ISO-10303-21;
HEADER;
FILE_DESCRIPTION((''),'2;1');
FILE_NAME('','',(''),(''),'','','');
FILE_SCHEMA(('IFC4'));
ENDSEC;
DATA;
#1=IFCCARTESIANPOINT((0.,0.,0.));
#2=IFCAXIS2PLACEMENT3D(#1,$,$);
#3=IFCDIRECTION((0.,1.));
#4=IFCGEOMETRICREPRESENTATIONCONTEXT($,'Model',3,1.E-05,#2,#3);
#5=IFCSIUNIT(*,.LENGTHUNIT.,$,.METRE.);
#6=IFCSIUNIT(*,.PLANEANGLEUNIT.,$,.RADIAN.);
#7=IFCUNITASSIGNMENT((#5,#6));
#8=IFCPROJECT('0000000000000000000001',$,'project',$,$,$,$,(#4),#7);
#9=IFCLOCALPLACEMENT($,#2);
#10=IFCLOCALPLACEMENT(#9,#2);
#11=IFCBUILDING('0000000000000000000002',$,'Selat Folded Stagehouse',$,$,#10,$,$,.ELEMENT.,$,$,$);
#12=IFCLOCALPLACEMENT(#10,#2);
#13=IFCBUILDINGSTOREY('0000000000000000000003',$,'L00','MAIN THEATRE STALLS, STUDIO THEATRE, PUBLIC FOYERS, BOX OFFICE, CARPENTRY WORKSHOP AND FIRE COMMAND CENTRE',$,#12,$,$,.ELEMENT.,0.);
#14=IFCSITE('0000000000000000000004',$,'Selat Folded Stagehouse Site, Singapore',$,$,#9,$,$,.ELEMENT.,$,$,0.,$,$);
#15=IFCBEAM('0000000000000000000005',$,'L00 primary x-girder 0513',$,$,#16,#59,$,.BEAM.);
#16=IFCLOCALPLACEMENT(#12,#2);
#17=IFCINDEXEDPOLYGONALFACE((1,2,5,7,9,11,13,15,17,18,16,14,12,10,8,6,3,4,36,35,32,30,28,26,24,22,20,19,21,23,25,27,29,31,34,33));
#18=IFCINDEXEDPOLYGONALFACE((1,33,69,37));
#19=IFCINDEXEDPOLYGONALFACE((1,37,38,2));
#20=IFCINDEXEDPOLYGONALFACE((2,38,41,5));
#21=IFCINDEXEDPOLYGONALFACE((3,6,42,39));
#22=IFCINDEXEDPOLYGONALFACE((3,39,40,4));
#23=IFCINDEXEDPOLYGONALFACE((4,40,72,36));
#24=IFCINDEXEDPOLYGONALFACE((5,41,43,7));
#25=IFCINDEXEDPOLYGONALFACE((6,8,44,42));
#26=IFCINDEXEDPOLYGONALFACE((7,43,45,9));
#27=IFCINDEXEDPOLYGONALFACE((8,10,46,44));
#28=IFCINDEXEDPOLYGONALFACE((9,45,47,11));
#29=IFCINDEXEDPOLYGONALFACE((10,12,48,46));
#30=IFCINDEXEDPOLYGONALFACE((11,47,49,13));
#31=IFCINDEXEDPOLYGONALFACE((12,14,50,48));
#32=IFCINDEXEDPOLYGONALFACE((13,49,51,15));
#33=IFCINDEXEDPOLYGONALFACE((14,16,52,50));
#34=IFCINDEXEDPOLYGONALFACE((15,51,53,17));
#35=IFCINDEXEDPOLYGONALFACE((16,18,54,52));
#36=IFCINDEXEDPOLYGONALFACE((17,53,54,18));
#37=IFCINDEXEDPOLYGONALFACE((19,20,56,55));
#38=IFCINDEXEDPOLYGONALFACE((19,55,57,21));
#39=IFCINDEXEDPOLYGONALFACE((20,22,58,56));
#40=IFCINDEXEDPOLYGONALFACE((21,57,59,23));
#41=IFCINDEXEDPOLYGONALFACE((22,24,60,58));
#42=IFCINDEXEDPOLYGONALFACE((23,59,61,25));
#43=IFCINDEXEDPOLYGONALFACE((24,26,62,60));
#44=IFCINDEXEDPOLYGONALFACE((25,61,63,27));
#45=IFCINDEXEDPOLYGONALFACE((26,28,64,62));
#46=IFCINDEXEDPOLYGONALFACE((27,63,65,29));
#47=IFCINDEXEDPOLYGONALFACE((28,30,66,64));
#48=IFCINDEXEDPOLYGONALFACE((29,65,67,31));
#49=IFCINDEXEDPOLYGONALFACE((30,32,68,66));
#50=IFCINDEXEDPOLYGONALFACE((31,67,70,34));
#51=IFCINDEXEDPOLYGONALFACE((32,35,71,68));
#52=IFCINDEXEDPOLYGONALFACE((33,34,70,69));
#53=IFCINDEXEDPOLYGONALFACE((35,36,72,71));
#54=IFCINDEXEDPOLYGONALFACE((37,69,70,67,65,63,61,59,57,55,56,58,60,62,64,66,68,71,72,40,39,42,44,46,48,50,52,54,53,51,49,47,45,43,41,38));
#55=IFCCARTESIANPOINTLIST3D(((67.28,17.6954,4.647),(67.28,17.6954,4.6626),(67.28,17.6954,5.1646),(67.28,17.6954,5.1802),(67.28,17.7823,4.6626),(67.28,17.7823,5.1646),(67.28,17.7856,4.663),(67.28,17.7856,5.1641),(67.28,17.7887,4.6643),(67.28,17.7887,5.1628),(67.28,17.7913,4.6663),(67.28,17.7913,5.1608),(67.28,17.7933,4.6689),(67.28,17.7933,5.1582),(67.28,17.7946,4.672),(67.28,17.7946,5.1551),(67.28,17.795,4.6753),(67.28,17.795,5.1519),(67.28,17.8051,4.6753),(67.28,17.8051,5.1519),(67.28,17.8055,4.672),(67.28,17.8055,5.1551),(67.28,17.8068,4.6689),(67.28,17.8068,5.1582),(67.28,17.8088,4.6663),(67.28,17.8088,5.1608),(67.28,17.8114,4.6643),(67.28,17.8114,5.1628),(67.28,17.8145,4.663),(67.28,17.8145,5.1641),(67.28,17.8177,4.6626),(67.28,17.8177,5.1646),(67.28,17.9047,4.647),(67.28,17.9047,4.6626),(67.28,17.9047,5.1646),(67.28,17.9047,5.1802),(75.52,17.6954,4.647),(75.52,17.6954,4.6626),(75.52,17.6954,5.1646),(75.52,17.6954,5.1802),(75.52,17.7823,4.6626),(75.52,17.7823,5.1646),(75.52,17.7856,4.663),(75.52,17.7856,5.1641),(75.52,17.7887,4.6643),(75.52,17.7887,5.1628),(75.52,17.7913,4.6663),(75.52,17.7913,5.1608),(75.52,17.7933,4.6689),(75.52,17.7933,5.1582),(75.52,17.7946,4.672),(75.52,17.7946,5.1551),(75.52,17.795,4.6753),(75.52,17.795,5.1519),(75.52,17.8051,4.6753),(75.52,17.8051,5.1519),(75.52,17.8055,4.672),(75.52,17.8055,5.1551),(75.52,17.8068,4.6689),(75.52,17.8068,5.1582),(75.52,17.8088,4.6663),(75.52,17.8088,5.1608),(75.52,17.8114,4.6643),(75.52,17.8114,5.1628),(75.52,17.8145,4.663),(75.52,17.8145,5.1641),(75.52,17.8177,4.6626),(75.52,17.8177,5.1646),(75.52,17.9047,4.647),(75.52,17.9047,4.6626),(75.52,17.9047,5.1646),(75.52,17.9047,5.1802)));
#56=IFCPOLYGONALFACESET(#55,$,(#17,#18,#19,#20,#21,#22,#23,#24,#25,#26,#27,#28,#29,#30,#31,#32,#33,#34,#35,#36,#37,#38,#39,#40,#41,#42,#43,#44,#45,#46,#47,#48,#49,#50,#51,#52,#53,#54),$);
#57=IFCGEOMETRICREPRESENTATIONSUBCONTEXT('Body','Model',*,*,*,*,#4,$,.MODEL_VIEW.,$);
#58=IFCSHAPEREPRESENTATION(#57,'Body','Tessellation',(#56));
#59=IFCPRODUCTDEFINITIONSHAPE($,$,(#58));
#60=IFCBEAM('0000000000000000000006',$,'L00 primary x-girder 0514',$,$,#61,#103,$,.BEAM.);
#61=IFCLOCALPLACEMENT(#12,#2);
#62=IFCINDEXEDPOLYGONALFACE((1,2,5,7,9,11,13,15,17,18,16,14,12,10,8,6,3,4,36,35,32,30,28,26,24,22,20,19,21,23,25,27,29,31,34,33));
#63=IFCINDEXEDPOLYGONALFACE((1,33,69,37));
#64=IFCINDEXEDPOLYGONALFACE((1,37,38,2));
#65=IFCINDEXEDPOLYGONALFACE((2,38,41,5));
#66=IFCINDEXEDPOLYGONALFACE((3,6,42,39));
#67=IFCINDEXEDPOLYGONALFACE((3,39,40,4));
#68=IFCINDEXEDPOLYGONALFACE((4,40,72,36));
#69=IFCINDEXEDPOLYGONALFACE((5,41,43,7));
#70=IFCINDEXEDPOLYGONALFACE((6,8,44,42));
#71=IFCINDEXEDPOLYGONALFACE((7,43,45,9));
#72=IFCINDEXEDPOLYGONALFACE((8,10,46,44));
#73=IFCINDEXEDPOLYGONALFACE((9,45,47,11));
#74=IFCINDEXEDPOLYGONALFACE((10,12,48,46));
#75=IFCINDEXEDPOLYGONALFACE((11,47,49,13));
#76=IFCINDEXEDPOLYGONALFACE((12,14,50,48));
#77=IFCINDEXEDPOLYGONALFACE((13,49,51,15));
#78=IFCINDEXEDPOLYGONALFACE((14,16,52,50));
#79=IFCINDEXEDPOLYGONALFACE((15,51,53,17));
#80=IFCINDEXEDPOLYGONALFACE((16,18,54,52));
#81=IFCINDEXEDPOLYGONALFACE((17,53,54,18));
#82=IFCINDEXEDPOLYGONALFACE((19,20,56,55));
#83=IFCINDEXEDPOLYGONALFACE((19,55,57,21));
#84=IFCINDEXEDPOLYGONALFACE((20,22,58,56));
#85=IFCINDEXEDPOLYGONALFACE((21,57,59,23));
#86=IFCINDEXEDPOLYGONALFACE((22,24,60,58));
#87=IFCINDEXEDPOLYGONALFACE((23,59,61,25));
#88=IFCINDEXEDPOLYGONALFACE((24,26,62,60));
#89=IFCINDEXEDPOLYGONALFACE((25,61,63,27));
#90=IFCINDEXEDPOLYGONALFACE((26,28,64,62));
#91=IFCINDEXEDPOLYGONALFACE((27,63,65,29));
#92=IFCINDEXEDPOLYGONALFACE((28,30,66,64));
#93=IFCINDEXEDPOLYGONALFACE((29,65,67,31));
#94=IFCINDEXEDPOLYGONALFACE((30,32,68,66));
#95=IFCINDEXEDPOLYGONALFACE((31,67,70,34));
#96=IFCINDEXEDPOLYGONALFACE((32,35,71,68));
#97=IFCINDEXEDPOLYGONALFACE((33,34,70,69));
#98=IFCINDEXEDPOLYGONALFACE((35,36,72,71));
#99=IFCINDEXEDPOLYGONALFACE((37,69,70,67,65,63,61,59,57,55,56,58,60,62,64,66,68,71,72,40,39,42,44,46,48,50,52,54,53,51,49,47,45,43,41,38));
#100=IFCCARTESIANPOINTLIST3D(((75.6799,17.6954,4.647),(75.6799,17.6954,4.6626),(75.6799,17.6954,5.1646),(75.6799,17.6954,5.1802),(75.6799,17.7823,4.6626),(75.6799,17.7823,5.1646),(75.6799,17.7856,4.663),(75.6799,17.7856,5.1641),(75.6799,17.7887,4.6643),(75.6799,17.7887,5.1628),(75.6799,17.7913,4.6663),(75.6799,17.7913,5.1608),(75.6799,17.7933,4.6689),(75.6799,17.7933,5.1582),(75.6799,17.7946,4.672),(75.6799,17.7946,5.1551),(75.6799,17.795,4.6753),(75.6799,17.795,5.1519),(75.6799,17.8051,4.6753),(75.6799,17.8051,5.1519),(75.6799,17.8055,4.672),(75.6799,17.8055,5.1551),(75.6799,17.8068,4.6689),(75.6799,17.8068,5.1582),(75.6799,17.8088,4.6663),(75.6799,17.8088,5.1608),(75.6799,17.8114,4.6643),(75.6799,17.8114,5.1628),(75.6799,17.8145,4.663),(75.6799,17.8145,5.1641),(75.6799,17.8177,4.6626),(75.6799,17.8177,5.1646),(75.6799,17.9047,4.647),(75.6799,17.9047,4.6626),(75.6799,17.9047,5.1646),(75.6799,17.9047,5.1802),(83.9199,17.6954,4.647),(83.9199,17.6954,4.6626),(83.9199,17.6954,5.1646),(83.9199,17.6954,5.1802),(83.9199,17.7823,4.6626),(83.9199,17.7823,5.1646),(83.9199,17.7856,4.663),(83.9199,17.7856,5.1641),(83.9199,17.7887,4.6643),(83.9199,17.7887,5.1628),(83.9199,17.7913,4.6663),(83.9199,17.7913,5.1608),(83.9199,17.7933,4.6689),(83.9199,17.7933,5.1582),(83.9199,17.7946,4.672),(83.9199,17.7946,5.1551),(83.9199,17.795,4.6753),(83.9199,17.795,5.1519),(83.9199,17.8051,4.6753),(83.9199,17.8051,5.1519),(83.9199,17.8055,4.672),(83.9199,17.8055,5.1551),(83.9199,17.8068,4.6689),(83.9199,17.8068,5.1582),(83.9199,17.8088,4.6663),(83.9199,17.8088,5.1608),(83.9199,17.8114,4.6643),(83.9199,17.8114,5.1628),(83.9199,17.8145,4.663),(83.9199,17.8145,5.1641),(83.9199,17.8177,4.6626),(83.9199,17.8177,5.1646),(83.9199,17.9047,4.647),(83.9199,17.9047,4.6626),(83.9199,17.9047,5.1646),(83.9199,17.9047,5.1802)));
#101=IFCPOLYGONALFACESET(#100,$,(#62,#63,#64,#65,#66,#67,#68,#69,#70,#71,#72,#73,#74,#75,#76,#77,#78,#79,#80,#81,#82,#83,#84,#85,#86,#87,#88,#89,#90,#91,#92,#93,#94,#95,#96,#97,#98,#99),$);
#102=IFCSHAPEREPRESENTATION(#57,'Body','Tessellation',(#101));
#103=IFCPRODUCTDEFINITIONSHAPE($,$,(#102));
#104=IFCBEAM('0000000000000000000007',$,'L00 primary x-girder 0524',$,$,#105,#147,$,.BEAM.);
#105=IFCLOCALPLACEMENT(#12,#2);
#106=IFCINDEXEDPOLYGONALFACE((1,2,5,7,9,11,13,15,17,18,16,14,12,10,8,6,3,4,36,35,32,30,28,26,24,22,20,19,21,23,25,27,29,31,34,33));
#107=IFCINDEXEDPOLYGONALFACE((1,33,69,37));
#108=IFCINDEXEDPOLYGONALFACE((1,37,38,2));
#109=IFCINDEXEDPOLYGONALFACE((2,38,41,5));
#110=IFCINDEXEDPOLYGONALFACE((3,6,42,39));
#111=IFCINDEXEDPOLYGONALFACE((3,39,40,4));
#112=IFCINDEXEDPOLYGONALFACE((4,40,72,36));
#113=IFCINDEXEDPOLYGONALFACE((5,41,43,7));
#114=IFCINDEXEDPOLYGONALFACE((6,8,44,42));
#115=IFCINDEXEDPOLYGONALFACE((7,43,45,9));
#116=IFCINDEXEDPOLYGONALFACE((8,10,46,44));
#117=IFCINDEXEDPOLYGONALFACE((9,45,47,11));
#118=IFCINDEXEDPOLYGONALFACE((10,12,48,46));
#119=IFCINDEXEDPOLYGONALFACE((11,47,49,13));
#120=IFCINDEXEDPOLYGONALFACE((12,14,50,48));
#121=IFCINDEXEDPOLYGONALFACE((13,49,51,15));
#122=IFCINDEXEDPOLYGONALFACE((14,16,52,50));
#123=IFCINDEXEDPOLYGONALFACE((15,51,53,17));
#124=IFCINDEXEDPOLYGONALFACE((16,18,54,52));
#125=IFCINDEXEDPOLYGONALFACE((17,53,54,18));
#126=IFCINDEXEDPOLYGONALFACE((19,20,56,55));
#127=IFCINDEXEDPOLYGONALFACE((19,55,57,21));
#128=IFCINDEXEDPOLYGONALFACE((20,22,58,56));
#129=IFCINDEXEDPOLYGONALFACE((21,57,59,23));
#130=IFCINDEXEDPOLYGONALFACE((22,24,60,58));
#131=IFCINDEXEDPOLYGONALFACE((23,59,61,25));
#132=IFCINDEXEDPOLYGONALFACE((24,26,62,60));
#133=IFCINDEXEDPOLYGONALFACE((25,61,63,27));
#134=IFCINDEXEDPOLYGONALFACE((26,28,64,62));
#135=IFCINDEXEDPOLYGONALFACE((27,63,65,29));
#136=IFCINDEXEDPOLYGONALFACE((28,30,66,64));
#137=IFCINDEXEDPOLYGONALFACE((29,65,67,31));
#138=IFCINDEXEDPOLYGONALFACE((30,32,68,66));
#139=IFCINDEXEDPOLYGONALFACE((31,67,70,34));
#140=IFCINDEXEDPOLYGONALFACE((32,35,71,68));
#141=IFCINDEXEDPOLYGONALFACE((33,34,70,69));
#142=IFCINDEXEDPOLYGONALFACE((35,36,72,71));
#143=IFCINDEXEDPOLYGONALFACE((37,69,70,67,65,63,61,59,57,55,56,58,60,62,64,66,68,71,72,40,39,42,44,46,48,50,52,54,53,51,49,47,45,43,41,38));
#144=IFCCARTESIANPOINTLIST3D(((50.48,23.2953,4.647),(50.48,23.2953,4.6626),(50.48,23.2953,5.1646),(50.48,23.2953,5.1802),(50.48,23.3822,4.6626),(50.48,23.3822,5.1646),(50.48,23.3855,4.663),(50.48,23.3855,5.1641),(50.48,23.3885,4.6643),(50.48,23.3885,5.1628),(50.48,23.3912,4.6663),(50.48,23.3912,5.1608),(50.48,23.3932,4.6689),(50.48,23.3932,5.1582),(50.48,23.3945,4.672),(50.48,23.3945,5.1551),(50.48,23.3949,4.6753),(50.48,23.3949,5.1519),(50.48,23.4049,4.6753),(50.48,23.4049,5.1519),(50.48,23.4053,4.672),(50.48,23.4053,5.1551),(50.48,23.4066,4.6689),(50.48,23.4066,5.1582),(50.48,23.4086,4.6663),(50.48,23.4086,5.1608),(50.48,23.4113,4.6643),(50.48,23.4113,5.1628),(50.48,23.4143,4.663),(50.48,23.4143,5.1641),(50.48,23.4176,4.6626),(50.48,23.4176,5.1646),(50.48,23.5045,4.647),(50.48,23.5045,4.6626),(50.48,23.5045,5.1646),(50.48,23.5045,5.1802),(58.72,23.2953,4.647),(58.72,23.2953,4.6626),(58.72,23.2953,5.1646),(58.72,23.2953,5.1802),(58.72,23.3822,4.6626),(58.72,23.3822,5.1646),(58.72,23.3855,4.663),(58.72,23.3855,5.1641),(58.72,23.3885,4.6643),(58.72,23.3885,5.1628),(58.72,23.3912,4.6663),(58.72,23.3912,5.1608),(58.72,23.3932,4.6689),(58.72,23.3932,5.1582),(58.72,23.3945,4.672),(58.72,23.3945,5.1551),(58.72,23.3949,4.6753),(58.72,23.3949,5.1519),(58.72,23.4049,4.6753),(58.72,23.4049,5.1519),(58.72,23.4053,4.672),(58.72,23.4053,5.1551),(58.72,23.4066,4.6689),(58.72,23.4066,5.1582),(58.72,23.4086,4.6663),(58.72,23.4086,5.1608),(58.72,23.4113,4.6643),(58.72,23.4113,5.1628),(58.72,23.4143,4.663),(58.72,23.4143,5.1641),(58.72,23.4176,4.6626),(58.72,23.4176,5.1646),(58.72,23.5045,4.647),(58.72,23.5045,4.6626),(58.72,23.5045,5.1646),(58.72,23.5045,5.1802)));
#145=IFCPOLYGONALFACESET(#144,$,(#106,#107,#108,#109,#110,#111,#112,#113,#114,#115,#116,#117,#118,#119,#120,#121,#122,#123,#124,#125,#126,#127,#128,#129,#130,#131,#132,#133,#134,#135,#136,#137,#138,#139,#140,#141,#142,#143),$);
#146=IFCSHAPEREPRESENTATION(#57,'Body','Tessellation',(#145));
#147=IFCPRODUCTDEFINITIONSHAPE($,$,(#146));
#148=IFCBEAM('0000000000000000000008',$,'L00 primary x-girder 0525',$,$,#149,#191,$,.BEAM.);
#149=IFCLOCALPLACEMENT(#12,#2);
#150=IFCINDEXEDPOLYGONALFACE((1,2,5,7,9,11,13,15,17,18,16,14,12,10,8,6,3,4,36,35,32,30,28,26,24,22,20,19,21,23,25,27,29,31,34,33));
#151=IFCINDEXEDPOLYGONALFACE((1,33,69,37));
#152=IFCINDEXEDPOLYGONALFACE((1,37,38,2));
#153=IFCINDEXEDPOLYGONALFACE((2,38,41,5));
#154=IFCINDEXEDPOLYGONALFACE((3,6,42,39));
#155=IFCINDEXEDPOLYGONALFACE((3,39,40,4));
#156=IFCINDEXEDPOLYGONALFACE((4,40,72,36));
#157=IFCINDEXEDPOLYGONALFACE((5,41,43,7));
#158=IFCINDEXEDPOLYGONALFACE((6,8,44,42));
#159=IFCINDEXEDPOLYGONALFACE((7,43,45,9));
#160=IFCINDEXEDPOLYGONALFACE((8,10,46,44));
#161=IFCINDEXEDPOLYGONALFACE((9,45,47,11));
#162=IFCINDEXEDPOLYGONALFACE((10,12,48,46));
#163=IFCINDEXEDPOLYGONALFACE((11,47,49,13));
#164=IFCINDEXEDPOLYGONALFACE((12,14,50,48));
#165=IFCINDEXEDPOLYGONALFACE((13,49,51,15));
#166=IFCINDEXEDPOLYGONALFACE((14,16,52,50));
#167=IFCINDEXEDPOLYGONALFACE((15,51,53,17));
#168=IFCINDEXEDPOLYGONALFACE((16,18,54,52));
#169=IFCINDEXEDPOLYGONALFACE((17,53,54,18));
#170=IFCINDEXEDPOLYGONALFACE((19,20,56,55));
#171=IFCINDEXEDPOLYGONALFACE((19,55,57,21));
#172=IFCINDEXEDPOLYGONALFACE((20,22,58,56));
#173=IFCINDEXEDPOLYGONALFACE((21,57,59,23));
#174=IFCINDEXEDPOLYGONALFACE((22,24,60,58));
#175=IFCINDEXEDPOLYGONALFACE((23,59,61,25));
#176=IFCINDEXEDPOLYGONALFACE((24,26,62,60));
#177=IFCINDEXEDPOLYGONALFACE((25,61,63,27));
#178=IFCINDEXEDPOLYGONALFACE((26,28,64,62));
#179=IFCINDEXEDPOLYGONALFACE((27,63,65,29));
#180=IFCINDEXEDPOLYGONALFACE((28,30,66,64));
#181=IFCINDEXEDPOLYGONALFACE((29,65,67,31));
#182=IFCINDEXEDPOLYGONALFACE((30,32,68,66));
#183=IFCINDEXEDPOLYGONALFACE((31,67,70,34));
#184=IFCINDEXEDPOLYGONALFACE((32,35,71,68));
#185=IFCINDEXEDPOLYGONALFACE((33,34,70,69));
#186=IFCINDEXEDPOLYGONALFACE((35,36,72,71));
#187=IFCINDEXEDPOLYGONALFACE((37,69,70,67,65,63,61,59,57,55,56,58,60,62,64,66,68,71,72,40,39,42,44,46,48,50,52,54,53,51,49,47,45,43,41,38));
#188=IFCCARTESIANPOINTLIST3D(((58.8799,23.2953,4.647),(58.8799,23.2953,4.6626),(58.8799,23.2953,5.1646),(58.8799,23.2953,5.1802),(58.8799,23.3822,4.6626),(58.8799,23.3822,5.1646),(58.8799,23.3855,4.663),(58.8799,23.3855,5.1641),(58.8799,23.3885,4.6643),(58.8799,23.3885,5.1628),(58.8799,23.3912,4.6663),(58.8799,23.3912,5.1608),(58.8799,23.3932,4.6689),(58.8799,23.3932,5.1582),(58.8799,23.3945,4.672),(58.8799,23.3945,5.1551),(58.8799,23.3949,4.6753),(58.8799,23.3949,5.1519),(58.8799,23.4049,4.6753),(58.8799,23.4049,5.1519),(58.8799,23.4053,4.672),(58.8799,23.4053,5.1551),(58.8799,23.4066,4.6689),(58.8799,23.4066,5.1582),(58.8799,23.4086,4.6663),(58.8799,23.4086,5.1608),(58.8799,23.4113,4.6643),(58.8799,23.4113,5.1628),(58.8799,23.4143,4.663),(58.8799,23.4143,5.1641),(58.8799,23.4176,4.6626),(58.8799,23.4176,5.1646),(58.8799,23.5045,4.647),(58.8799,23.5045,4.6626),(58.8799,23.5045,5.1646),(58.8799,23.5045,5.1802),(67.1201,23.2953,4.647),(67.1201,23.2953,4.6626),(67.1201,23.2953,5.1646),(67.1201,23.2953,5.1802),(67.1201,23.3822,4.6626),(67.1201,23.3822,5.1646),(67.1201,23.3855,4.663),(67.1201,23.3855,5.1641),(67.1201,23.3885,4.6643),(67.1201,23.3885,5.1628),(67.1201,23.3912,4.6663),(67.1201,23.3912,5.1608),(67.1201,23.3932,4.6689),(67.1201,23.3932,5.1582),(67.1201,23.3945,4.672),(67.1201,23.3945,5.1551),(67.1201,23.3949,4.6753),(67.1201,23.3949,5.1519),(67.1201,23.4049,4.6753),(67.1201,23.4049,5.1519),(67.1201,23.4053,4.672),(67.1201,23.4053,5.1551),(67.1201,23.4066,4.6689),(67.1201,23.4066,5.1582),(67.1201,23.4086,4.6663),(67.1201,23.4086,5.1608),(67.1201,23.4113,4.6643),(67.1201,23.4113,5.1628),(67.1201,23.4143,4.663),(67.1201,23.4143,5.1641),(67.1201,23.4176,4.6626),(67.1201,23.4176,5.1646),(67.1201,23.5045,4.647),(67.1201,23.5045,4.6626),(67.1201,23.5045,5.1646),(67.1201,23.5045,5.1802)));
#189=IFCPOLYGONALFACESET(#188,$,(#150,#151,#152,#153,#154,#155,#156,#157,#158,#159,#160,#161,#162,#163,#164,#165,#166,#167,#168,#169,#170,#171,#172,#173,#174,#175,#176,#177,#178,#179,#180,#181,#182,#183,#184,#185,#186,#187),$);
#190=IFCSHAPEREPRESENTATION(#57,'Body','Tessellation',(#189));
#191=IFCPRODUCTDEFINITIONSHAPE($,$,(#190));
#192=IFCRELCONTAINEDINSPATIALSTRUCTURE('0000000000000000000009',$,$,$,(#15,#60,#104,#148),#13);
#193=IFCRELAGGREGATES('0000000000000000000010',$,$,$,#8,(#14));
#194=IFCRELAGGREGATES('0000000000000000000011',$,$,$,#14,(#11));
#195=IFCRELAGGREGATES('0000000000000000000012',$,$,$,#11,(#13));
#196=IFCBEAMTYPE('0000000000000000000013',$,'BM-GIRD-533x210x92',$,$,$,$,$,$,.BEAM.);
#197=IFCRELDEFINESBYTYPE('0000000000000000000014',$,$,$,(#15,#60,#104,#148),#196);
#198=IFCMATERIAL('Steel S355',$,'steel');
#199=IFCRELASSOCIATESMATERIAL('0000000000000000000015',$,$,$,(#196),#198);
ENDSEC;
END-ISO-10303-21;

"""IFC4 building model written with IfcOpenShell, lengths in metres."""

from ifc_helpers import new_model, si_unit, direction, frame, origin, origin_2d, place, context, subcontext, project, spatial, i_section, extrude, material, material_profile, profile_set, type_object, element, save


model = new_model("IFC4")

# Units and contexts
model_context = context("Model", 3, precision=1e-05, world=origin(), true_north=direction((0.0, 1.0)))
body_context = subcontext(model_context, "Body", "Model", "MODEL_VIEW")
ifc_project = project(units=[si_unit("LENGTHUNIT", "METRE"), si_unit("PLANEANGLEUNIT", "RADIAN")], contexts=[model_context])

# Site, building, storey
site_placement = place(None, origin())
site = spatial("IfcSite", under=ifc_project, at=site_placement, Name="Selat Folded Stagehouse Site, Singapore", CompositionType="ELEMENT", RefElevation=0.0)
building_placement = place(site_placement, origin())
building = spatial("IfcBuilding", under=site, at=building_placement, Name="Selat Folded Stagehouse", CompositionType="ELEMENT")
storey_placement = place(building_placement, origin())
storey = spatial("IfcBuildingStorey", under=building, at=storey_placement, Name="L00", Description="MAIN THEATRE STALLS, STUDIO THEATRE, PUBLIC FOYERS, BOX OFFICE, CARPENTRY WORKSHOP AND FIRE COMMAND CENTRE", CompositionType="ELEMENT", Elevation=0.0)

# Shared definitions
ifc_material_1 = material(Name="Steel S355", Category="steel")

# Beams
ifc_material_profile_1 = material_profile(ifc_material_1, i_section(OverallWidth=0.2092, OverallDepth=0.5332, WebThickness=0.01, FlangeThickness=0.0156, FilletRadius=0.0127, at=origin_2d()), Name="UKB 533x210x92")
ifc_profile_set_1 = profile_set([ifc_material_profile_1], Name="Steel S355")
beam_type_1 = type_object("IfcBeamType", Name="BM-GIRD-533x210x92", PredefinedType="BEAM", material=ifc_profile_set_1)
for number, where, z_axis, x_axis, name in (
    (1, (67.28, 17.8, 4.9136), (1.0, 0.0, 0.0), (0.0, 1.0, 0.0), "L00 primary x-girder 0513"),
    (2, (75.6799, 17.8, 4.9136), (1.0, 0.0, 0.0), (0.0, 1.0, 0.0), "L00 primary x-girder 0514"),
    (3, (50.48, 23.3999, 4.9136), (1.0, 0.0, 0.0), (0.0, 1.0, 0.0), "L00 primary x-girder 0524"),
):
    element("IfcBeam", number, at=place(storey_placement, frame(where, z_axis=z_axis, x_axis=x_axis)), inside=storey, type_object=beam_type_1, Name=name, PredefinedType="BEAM", context=body_context, shape_type="SweptSolid", body=[
        extrude(i_section(OverallWidth=0.2092, OverallDepth=0.5332, WebThickness=0.01, FlangeThickness=0.0156, FilletRadius=0.0127, at=origin_2d()), origin(), (0.0, 0.0, 1.0), 8.24),
    ])
beam_1_placement = place(storey_placement, frame((58.8799, 23.3999, 4.9136), z_axis=(1.0, 0.0, 0.0), x_axis=(0.0, 1.0, 0.0)))
element("IfcBeam", 4, at=beam_1_placement, inside=storey, type_object=beam_type_1, Name="L00 primary x-girder 0525", PredefinedType="BEAM", context=body_context, shape_type="SweptSolid", body=[
    extrude(i_section(OverallWidth=0.2092, OverallDepth=0.5332, WebThickness=0.01, FlangeThickness=0.0156, FilletRadius=0.0127, at=origin_2d()), origin(), (0.0, 0.0, 1.0), 8.2402),
])

save(model, "model.ifc")
